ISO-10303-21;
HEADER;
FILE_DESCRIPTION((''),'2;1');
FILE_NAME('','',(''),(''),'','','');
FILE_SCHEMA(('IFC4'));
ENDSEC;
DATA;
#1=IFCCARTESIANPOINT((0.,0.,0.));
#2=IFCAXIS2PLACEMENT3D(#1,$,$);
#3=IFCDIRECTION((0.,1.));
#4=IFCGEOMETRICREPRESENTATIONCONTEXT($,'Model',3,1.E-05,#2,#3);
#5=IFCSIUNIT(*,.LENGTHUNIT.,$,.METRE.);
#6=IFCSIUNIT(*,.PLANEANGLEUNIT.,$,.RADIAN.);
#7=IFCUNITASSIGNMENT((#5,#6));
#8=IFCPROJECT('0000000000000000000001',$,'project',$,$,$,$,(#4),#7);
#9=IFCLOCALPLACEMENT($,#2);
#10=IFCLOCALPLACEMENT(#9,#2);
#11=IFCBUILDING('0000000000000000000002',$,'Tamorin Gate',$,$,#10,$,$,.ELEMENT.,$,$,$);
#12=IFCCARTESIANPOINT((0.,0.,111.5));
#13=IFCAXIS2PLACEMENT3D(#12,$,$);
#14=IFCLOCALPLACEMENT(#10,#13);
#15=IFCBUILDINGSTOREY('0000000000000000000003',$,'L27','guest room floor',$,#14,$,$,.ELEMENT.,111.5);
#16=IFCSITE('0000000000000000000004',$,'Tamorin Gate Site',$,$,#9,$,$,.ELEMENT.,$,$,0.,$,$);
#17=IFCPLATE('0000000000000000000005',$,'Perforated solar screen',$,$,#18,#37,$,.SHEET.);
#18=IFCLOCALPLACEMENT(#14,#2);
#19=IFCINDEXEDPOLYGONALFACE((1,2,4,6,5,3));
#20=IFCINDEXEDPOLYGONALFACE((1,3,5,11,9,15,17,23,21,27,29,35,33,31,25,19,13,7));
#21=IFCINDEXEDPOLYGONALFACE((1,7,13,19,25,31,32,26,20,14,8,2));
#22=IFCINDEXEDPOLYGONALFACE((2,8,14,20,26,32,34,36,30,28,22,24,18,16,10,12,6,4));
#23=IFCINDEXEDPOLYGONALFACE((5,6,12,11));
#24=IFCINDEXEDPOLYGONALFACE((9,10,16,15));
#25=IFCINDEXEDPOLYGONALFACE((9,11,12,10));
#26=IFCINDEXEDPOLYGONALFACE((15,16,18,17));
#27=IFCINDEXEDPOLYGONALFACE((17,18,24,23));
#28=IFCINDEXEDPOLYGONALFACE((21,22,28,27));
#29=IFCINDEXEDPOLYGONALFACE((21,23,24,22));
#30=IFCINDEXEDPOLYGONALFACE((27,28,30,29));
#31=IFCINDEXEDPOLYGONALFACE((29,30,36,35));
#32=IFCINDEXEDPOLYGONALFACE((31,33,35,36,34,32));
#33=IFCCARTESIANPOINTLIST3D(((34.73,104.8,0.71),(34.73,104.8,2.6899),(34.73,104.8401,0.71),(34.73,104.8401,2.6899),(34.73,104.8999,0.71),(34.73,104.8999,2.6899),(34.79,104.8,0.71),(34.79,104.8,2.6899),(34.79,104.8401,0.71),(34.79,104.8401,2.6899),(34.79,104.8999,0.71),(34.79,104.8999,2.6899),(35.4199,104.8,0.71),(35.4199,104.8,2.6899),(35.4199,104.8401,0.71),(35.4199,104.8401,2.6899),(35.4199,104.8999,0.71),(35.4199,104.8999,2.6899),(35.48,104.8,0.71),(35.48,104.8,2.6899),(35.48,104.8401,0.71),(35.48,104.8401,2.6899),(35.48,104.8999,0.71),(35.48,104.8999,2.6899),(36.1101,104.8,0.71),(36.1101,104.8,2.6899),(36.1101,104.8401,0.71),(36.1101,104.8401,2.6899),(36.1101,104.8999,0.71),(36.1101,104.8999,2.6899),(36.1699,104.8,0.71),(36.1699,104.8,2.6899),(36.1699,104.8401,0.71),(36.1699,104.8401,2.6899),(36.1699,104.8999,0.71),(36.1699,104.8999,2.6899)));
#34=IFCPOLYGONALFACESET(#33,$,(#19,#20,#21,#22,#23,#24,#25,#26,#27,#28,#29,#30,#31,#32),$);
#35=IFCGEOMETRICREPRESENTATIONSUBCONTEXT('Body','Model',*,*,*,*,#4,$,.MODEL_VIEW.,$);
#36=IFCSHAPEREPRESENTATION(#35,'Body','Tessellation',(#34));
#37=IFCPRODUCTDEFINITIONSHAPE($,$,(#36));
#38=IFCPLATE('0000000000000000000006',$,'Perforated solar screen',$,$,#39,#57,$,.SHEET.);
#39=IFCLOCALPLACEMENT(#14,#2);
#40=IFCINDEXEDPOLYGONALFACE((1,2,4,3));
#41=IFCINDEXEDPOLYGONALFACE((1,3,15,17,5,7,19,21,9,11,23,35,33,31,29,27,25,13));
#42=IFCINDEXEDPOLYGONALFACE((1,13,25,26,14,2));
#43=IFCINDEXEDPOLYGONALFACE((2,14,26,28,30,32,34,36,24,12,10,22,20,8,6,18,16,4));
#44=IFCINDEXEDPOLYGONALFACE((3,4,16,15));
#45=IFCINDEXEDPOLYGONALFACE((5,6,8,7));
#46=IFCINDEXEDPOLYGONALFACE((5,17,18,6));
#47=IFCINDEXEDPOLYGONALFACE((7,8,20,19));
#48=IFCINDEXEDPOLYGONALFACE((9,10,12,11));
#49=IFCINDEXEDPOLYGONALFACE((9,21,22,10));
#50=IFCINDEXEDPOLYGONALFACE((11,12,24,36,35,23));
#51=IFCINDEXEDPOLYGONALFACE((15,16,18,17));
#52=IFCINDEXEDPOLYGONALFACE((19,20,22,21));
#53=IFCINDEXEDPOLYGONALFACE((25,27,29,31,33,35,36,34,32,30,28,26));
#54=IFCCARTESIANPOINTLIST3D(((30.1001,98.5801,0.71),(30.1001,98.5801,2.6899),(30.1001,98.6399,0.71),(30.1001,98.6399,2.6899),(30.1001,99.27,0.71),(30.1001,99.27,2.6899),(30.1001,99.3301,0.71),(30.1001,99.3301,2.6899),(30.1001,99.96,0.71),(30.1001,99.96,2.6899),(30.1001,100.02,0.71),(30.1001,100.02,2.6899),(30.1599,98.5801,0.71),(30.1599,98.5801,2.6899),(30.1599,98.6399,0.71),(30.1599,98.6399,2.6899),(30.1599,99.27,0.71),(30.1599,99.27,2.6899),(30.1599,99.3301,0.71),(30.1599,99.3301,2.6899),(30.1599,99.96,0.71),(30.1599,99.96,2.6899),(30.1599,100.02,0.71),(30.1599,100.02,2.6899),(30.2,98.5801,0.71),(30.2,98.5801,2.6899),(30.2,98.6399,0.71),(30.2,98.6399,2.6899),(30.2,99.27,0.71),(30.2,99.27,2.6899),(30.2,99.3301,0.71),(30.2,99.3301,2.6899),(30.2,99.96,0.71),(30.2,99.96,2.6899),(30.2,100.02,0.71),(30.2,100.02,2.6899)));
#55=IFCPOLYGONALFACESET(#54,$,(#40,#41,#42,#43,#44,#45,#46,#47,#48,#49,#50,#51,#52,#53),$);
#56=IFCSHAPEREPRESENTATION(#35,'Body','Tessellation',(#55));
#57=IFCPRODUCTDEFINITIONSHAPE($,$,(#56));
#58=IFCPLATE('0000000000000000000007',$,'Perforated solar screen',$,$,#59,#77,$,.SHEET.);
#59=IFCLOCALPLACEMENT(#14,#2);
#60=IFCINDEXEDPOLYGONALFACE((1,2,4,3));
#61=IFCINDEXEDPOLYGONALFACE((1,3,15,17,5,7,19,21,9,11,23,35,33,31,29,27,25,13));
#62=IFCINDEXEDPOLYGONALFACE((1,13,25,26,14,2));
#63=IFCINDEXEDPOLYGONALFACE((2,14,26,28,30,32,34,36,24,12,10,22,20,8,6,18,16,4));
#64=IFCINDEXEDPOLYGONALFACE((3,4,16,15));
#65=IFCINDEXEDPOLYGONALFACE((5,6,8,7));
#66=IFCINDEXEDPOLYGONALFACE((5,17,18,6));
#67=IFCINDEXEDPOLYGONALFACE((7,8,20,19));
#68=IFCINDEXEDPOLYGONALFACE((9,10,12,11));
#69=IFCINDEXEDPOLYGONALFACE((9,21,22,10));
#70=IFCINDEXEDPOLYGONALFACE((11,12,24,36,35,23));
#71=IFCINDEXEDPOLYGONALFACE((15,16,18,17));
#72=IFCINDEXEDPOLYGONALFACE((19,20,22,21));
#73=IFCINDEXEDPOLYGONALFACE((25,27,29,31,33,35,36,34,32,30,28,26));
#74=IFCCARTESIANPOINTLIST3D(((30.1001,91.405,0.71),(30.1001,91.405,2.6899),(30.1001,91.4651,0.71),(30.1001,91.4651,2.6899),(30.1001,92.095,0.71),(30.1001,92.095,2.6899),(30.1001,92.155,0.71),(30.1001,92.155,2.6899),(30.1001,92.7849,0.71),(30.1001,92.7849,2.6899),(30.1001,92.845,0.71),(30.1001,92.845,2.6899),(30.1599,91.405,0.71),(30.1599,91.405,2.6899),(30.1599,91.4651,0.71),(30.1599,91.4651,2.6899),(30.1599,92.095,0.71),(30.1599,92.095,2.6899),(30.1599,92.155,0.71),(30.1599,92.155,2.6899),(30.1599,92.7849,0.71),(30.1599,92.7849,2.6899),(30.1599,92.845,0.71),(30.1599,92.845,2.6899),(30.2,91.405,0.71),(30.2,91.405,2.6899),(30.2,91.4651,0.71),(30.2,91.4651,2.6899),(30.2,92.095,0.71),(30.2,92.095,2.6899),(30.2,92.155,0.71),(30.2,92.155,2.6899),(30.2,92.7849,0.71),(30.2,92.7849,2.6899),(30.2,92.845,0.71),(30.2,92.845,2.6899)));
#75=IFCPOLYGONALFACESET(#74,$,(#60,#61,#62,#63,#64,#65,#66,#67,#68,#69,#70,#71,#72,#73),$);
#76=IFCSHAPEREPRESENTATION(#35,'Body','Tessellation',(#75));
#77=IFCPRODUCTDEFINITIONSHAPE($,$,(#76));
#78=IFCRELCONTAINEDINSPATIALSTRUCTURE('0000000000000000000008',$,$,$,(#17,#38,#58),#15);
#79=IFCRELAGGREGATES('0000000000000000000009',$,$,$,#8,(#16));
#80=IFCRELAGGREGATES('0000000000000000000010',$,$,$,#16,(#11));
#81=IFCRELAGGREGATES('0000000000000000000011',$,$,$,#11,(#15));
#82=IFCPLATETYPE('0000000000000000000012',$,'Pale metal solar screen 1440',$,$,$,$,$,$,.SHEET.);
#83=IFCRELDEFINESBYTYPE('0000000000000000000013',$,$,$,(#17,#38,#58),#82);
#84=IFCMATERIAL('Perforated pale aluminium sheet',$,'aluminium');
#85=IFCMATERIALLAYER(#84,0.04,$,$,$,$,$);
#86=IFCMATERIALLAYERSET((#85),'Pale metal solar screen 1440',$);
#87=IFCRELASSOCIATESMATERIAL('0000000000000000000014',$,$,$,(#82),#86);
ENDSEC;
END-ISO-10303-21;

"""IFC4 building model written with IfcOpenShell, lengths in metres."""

from ifc_helpers import new_model, si_unit, direction, frame, origin, place, context, subcontext, project, spatial, polyline, outline, extrude, material, layer, layer_set, type_object, element, save


model = new_model("IFC4")

# Units and contexts
model_context = context("Model", 3, precision=1e-05, world=origin(), true_north=direction((0.0, 1.0)))
body_context = subcontext(model_context, "Body", "Model", "MODEL_VIEW")
ifc_project = project(units=[si_unit("LENGTHUNIT", "METRE"), si_unit("PLANEANGLEUNIT", "RADIAN")], contexts=[model_context])

# Site, building, storey
site_placement = place(None, origin())
site = spatial("IfcSite", under=ifc_project, at=site_placement, Name="Tamorin Gate Site", CompositionType="ELEMENT", RefElevation=0.0)
building_placement = place(site_placement, origin())
building = spatial("IfcBuilding", under=site, at=building_placement, Name="Tamorin Gate", CompositionType="ELEMENT")
storey_placement = place(building_placement, frame((0.0, 0.0, 111.5)))
storey = spatial("IfcBuildingStorey", under=building, at=storey_placement, Name="L27", Description="guest room floor", CompositionType="ELEMENT", Elevation=111.5)

# Plates
ifc_material = material(Name="Perforated pale aluminium sheet", Category="aluminium")
ifc_layer = layer(ifc_material, 0.04)
ifc_layer_set = layer_set([ifc_layer], Name="Pale metal solar screen 1440")
plate_type = type_object("IfcPlateType", Name="Pale metal solar screen 1440", PredefinedType="SHEET", material=ifc_layer_set)
plate_1_placement = place(storey_placement, frame((0.0, 0.0, 0.71)))
element("IfcPlate", 1, at=plate_1_placement, inside=storey, type_object=plate_type, Name="Perforated solar screen", PredefinedType="SHEET", context=body_context, shape_type="SweptSolid", body=[
    extrude(outline(polyline([(36.1699, 104.8401), (36.1699, 104.8), (36.1101, 104.8), (35.48, 104.8), (35.4199, 104.8), (34.79, 104.8), (34.73, 104.8), (34.73, 104.8401), (34.73, 104.8999), (34.79, 104.8999), (34.79, 104.8401), (35.4199, 104.8401), (35.4199, 104.8999), (35.48, 104.8999), (35.48, 104.8401), (36.1101, 104.8401), (36.1101, 104.8999), (36.1699, 104.8999), (36.1699, 104.8401)])), origin(), (0.0, 0.0, 1.0), 1.98),
])
plate_2_placement = place(storey_placement, frame((0.0, 0.0, 0.71)))
element("IfcPlate", 2, at=plate_2_placement, inside=storey, type_object=plate_type, Name="Perforated solar screen", PredefinedType="SHEET", context=body_context, shape_type="SweptSolid", body=[
    extrude(outline(polyline([(30.1599, 100.02), (30.2, 100.02), (30.2, 99.96), (30.2, 99.3301), (30.2, 99.27), (30.2, 98.6399), (30.2, 98.5801), (30.1599, 98.5801), (30.1001, 98.5801), (30.1001, 98.6399), (30.1599, 98.6399), (30.1599, 99.27), (30.1001, 99.27), (30.1001, 99.3301), (30.1599, 99.3301), (30.1599, 99.96), (30.1001, 99.96), (30.1001, 100.02), (30.1599, 100.02)])), origin(), (0.0, 0.0, 1.0), 1.98),
])
plate_3_placement = place(storey_placement, frame((0.0, 0.0, 0.71)))
element("IfcPlate", 3, at=plate_3_placement, inside=storey, type_object=plate_type, Name="Perforated solar screen", PredefinedType="SHEET", context=body_context, shape_type="SweptSolid", body=[
    extrude(outline(polyline([(30.1599, 92.845), (30.2, 92.845), (30.2, 92.7849), (30.2, 92.155), (30.2, 92.095), (30.2, 91.4651), (30.2, 91.405), (30.1599, 91.405), (30.1001, 91.405), (30.1001, 91.4651), (30.1599, 91.4651), (30.1599, 92.095), (30.1001, 92.095), (30.1001, 92.155), (30.1599, 92.155), (30.1599, 92.7849), (30.1001, 92.7849), (30.1001, 92.845), (30.1599, 92.845)])), origin(), (0.0, 0.0, 1.0), 1.98),
])

save(model, "model.ifc")
